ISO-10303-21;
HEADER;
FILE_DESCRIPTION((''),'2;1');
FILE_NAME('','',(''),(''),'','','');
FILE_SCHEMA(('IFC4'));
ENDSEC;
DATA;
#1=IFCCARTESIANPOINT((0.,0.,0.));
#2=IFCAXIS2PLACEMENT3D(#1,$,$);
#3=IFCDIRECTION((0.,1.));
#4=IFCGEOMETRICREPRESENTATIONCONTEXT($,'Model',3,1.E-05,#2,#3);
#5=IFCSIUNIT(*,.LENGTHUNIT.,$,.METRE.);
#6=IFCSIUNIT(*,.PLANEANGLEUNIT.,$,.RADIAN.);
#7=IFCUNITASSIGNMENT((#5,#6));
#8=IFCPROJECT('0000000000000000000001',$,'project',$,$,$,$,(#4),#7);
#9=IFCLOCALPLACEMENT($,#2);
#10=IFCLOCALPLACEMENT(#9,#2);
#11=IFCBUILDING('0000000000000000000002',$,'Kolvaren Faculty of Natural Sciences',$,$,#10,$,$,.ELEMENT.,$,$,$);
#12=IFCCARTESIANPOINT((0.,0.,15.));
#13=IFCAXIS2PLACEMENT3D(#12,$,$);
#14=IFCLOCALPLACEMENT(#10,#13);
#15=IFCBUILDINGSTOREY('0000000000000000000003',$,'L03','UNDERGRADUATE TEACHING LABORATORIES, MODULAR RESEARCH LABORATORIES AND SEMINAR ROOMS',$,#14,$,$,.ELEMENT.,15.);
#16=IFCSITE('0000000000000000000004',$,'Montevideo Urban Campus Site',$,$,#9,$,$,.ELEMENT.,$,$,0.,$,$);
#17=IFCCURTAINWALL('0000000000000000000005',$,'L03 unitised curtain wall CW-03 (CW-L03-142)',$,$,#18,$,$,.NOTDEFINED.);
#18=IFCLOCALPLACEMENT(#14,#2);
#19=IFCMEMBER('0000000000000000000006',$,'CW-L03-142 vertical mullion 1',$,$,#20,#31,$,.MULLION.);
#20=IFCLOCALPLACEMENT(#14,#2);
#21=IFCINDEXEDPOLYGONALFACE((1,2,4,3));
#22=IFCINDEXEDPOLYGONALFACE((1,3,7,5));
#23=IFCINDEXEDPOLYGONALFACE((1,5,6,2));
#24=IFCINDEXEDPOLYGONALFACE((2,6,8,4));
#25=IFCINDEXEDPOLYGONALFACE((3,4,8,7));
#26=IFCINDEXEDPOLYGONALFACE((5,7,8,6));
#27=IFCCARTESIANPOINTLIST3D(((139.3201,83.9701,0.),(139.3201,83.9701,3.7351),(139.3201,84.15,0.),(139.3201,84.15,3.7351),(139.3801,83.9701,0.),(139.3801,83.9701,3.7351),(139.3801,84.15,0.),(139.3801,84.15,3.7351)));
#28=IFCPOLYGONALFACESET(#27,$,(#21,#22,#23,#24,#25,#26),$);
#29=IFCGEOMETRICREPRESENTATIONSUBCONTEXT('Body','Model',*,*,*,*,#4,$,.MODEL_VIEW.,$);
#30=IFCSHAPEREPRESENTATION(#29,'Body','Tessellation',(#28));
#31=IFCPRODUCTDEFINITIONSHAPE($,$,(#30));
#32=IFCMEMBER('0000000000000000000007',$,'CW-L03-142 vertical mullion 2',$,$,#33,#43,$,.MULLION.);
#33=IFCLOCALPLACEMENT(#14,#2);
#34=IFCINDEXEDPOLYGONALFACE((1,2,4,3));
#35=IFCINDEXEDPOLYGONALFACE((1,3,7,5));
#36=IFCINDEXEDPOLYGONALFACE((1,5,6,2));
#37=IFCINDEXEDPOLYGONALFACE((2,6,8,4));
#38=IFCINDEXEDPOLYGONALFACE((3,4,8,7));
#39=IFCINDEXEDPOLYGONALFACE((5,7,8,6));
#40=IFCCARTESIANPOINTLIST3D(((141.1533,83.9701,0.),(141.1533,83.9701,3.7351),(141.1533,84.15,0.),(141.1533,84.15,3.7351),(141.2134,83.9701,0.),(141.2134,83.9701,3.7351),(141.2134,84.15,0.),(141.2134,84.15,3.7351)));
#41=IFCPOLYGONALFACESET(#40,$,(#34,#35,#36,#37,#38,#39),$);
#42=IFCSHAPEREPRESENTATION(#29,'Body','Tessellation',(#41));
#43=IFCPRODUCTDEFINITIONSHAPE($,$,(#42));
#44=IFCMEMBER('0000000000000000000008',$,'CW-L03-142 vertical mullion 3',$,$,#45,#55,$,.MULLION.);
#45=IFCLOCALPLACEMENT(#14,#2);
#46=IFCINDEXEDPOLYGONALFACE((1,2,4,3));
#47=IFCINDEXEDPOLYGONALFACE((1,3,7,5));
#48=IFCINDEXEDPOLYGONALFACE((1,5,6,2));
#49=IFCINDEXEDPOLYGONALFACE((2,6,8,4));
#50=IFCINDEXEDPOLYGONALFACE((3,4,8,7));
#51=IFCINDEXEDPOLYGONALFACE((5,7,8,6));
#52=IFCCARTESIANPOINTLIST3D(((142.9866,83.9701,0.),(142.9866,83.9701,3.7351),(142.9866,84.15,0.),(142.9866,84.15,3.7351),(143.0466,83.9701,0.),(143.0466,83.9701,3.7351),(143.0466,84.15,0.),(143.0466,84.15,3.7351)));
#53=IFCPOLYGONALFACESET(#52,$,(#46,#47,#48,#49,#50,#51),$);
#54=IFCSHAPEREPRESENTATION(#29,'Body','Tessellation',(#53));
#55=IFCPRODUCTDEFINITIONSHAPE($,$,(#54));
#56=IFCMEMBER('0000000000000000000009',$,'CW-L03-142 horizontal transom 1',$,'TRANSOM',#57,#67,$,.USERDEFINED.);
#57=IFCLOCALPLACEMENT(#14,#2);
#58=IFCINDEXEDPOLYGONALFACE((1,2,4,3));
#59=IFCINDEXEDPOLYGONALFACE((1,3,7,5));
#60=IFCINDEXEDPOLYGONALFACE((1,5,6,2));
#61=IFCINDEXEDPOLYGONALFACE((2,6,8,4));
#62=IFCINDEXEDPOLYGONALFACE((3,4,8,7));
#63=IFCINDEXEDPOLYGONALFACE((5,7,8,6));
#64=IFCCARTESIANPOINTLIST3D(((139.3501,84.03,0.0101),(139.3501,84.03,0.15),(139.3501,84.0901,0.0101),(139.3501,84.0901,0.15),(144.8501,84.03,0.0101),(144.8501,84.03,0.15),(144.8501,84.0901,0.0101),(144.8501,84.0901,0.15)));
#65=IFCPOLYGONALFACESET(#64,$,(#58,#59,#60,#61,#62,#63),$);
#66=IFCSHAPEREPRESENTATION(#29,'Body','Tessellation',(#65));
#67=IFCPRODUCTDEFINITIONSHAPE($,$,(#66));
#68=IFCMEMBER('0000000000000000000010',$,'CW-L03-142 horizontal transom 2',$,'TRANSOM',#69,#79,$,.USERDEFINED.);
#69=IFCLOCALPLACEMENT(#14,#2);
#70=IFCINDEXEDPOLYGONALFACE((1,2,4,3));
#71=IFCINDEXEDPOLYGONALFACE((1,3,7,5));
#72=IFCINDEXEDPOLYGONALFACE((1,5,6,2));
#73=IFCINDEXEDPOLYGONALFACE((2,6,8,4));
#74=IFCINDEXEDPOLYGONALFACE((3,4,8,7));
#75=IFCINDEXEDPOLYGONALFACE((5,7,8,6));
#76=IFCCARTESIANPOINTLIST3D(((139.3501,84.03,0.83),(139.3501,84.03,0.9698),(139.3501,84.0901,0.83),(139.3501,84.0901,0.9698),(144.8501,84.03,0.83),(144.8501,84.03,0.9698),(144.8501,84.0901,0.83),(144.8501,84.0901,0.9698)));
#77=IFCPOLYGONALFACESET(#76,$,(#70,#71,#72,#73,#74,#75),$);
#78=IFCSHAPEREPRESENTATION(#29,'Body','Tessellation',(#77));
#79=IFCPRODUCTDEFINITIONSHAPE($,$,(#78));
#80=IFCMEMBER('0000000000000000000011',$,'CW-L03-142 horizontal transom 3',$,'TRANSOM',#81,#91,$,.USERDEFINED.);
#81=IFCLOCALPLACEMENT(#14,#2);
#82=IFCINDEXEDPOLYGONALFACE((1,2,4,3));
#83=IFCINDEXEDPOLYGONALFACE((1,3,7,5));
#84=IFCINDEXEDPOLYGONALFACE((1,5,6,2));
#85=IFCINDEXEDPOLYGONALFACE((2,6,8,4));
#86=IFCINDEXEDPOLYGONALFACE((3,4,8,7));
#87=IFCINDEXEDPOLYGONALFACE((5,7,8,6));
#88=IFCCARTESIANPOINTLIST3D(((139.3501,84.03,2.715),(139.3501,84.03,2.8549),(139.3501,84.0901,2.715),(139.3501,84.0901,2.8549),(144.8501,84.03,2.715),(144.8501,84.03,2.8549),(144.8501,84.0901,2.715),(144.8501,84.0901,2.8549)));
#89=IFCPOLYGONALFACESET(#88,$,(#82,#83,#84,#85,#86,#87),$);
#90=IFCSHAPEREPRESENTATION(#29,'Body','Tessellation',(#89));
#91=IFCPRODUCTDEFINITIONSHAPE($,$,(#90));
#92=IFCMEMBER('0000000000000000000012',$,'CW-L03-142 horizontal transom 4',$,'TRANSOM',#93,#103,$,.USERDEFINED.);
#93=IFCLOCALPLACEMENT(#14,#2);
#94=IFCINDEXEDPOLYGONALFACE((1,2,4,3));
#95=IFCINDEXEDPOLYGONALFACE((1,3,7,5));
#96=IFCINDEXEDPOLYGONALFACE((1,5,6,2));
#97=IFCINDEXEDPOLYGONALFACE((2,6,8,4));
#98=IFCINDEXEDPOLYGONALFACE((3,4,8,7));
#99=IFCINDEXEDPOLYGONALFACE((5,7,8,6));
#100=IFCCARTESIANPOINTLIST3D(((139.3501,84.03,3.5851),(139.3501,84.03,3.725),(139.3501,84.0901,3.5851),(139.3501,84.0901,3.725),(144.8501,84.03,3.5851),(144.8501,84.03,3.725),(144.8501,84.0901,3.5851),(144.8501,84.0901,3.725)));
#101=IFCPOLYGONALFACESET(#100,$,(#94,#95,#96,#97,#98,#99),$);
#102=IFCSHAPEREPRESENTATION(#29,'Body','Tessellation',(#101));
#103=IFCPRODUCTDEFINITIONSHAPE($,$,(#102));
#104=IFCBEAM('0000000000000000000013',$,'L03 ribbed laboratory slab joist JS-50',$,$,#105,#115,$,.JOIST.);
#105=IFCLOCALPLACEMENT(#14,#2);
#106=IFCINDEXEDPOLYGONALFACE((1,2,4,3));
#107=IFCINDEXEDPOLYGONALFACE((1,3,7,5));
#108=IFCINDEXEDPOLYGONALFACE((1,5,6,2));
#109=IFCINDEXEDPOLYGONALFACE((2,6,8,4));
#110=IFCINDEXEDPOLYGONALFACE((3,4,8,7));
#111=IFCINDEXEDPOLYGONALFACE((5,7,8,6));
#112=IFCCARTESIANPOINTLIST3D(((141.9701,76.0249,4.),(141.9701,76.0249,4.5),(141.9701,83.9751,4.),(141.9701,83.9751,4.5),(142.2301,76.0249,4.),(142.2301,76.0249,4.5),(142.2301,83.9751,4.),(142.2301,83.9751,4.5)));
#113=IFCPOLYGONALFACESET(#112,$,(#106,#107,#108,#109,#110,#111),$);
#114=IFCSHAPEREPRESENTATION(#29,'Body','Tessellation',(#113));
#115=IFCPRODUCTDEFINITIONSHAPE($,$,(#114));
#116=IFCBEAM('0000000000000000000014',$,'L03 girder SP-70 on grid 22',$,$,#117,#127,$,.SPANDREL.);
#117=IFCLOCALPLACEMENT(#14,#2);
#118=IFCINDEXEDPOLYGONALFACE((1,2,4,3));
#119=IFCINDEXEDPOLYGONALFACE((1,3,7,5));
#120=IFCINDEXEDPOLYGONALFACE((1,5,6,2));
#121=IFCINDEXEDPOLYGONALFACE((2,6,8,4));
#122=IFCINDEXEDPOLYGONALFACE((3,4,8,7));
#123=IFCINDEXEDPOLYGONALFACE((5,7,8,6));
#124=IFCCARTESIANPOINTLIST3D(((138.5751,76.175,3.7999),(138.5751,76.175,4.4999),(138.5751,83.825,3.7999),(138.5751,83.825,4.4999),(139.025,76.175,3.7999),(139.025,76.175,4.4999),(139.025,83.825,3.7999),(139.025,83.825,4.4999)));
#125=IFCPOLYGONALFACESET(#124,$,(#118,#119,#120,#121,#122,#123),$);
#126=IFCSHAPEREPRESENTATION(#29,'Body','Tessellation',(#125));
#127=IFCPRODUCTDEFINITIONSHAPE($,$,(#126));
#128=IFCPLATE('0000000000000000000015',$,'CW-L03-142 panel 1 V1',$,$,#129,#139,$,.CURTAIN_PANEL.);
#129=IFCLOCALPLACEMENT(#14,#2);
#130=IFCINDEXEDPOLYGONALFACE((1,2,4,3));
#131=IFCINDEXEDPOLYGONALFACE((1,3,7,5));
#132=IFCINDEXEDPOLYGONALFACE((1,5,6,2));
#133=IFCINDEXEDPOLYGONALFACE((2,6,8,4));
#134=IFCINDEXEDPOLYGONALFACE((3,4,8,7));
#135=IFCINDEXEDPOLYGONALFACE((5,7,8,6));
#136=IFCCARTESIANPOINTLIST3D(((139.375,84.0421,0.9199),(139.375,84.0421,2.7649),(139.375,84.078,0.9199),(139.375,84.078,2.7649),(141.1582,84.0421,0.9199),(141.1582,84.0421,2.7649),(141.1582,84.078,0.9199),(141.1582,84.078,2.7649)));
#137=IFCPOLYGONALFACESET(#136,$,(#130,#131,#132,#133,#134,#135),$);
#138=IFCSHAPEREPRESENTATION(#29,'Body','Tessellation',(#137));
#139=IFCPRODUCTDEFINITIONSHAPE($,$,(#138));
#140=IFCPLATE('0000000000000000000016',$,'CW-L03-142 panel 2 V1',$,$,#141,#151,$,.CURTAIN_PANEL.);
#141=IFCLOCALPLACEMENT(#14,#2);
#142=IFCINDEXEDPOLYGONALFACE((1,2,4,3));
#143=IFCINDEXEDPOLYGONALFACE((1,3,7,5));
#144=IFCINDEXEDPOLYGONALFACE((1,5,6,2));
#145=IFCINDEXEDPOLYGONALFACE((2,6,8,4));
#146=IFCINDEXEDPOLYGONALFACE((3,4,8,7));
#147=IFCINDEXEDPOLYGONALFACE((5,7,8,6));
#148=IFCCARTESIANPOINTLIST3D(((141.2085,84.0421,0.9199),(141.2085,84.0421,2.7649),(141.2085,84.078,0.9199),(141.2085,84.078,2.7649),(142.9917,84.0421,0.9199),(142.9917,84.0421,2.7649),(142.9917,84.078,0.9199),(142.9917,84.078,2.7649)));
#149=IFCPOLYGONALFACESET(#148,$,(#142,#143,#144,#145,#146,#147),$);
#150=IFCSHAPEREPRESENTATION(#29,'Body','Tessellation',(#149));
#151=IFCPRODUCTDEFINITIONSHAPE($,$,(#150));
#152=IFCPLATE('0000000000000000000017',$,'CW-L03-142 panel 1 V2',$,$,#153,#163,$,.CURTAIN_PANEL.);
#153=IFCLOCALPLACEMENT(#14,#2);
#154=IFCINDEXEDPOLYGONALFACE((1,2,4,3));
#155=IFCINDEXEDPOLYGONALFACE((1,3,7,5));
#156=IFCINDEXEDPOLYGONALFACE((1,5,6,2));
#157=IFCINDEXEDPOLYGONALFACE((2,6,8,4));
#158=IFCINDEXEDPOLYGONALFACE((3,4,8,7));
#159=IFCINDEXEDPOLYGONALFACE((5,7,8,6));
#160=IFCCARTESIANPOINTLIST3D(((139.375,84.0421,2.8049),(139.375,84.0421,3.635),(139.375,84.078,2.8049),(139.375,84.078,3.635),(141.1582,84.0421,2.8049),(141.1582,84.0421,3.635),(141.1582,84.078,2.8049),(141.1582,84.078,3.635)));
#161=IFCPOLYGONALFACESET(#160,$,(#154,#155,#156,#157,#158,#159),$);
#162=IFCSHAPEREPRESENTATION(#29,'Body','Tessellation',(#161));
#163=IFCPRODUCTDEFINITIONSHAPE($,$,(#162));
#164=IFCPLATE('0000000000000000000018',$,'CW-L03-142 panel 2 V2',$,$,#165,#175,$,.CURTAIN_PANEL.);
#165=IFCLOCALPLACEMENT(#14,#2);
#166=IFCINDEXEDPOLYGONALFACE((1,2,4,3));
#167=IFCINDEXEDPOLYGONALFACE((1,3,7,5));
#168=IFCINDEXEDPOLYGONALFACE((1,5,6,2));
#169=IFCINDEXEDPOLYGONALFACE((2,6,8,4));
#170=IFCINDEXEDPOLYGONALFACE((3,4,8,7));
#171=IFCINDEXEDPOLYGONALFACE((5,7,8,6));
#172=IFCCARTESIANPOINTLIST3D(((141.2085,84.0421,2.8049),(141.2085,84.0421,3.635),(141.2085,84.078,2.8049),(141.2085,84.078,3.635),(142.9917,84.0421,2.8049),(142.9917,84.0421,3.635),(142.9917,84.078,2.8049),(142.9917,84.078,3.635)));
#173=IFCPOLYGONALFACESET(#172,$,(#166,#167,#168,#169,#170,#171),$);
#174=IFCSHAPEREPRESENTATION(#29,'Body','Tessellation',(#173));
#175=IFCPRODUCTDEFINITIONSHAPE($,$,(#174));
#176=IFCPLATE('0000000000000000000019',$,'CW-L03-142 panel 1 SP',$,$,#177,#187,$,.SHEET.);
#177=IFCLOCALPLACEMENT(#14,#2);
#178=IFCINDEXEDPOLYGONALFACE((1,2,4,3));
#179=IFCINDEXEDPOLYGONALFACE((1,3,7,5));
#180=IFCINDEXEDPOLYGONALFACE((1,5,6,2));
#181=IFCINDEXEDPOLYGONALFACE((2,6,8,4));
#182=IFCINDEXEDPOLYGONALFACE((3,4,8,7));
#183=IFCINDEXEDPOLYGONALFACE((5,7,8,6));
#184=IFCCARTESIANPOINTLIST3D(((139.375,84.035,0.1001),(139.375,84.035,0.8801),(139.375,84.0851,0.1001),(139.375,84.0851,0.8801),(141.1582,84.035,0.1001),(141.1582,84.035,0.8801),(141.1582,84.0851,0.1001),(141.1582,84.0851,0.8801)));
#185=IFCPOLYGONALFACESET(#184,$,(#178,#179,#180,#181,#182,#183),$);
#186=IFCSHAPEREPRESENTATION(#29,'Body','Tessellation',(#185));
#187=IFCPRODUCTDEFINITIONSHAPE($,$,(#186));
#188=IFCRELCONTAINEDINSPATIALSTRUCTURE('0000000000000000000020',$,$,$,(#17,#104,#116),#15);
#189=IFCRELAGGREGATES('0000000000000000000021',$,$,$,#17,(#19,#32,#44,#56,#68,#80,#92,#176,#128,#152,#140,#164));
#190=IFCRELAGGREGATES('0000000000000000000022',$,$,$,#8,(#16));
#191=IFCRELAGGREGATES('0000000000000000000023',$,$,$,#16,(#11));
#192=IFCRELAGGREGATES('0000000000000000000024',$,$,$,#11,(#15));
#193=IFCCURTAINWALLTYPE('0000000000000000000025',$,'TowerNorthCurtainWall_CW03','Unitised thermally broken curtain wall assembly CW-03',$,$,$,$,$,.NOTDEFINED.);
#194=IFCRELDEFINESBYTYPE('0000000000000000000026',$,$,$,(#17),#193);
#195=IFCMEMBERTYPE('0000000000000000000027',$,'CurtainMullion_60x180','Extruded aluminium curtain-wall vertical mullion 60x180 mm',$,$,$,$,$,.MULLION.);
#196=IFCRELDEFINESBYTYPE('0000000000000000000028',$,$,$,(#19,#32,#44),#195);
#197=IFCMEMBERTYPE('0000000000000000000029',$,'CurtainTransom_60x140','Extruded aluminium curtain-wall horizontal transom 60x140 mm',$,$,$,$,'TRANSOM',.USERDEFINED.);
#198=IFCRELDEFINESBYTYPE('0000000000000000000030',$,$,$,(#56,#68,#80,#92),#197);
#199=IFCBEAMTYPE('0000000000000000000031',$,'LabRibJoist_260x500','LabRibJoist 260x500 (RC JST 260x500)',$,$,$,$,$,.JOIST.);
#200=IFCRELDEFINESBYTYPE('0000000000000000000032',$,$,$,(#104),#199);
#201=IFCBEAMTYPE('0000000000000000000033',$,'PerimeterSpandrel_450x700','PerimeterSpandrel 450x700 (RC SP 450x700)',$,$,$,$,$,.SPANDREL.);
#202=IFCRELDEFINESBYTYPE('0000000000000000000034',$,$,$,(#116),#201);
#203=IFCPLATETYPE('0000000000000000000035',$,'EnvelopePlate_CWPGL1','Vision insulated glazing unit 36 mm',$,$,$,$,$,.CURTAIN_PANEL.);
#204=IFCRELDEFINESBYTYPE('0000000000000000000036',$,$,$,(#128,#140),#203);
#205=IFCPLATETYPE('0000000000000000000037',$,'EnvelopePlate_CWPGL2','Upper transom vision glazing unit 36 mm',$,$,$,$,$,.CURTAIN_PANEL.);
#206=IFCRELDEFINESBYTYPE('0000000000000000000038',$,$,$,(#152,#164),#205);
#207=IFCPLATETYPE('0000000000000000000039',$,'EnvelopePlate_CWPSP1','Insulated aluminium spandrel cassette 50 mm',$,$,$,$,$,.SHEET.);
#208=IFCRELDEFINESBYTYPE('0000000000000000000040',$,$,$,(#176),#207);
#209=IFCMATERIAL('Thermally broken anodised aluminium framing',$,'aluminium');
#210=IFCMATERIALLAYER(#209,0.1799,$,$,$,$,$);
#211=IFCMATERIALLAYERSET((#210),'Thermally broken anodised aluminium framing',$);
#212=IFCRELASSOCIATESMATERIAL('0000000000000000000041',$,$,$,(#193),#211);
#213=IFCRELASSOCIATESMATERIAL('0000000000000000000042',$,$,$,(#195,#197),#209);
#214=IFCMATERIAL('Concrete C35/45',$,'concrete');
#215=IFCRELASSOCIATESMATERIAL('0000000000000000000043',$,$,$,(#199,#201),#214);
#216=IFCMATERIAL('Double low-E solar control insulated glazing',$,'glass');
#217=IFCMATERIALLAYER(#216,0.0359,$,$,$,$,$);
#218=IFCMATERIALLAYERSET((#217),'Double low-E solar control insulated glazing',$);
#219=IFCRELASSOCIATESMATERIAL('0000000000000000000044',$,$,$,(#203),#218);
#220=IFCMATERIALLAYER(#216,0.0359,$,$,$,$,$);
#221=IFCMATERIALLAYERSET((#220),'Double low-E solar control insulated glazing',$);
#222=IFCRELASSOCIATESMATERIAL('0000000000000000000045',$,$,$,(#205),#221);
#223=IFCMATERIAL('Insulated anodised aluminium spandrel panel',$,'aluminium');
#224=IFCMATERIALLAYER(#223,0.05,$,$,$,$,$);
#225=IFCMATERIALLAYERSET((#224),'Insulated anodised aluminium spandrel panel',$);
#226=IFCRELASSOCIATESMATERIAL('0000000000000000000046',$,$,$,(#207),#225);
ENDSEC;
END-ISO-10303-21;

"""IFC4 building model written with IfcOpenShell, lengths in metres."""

from ifc_helpers import new_model, si_unit, direction, frame, origin, origin_2d, place, context, subcontext, project, spatial, rectangle, extrude, material, layer, layer_set, material_profile, profile_set, type_object, element, aggregate, save


model = new_model("IFC4")

# Units and contexts
model_context = context("Model", 3, precision=1e-05, world=origin(), true_north=direction((0.0, 1.0)))
body_context = subcontext(model_context, "Body", "Model", "MODEL_VIEW")
ifc_project = project(units=[si_unit("LENGTHUNIT", "METRE"), si_unit("PLANEANGLEUNIT", "RADIAN")], contexts=[model_context])

# Site, building, storey
site_placement = place(None, origin())
site = spatial("IfcSite", under=ifc_project, at=site_placement, Name="Montevideo Urban Campus Site", CompositionType="ELEMENT", RefElevation=0.0)
building_placement = place(site_placement, origin())
building = spatial("IfcBuilding", under=site, at=building_placement, Name="Kolvaren Faculty of Natural Sciences", CompositionType="ELEMENT")
storey_placement = place(building_placement, frame((0.0, 0.0, 15.0)))
storey = spatial("IfcBuildingStorey", under=building, at=storey_placement, Name="L03", Description="UNDERGRADUATE TEACHING LABORATORIES, MODULAR RESEARCH LABORATORIES AND SEMINAR ROOMS", CompositionType="ELEMENT", Elevation=15.0)

# Curtain wall, members
ifc_material_1 = material(Name="Thermally broken anodised aluminium framing", Category="aluminium")
ifc_layer_1 = layer(ifc_material_1, 0.1799)
ifc_layer_set_1 = layer_set([ifc_layer_1], Name="Thermally broken anodised aluminium framing")
curtain_wall_type = type_object("IfcCurtainWallType", Name="TowerNorthCurtainWall_CW03", Description="Unitised thermally broken curtain wall assembly CW-03", PredefinedType="NOTDEFINED", material=ifc_layer_set_1)
curtain_wall_placement = place(storey_placement, origin())
curtain_wall = element("IfcCurtainWall", 1, at=curtain_wall_placement, inside=storey, type_object=curtain_wall_type, Name="L03 unitised curtain wall CW-03 (CW-L03-142)", PredefinedType="NOTDEFINED")
ifc_material_profile_1 = material_profile(ifc_material_1, rectangle(XDim=0.0601, YDim=0.1799, at=origin_2d()), Name="ALU MUL 60x180")
ifc_profile_set_1 = profile_set([ifc_material_profile_1], Name="Thermally broken anodised aluminium framing")
member_type_1 = type_object("IfcMemberType", Name="CurtainMullion_60x180", Description="Extruded aluminium curtain-wall vertical mullion 60x180 mm", PredefinedType="MULLION", material=ifc_profile_set_1)
member_1_placement = place(storey_placement, frame((139.3501, 84.0601, 0.0), z_axis=(0.0, 0.0, 1.0), x_axis=(1.0, 0.0, 0.0)))
member_1 = element("IfcMember", 2, at=member_1_placement, type_object=member_type_1, Name="CW-L03-142 vertical mullion 1", PredefinedType="MULLION", context=body_context, shape_type="SweptSolid", body=[
    extrude(rectangle(XDim=0.0601, YDim=0.1799, at=origin_2d()), origin(), (0.0, 0.0, 1.0), 3.7351),
])
member_2_placement = place(storey_placement, frame((141.1833, 84.0601, 0.0), z_axis=(0.0, 0.0, 1.0), x_axis=(1.0, 0.0, 0.0)))
member_2 = element("IfcMember", 3, at=member_2_placement, type_object=member_type_1, Name="CW-L03-142 vertical mullion 2", PredefinedType="MULLION", context=body_context, shape_type="SweptSolid", body=[
    extrude(rectangle(XDim=0.0601, YDim=0.1799, at=origin_2d()), origin(), (0.0, 0.0, 1.0), 3.7351),
])
member_3_placement = place(storey_placement, frame((143.0166, 84.0601, 0.0), z_axis=(0.0, 0.0, 1.0), x_axis=(1.0, 0.0, 0.0)))
member_3 = element("IfcMember", 4, at=member_3_placement, type_object=member_type_1, Name="CW-L03-142 vertical mullion 3", PredefinedType="MULLION", context=body_context, shape_type="SweptSolid", body=[
    extrude(rectangle(XDim=0.0601, YDim=0.1799, at=origin_2d()), origin(), (0.0, 0.0, 1.0), 3.7351),
])
ifc_material_profile_2 = material_profile(ifc_material_1, rectangle(XDim=0.0601, YDim=0.1399, at=origin_2d()), Name="ALU TRN 60x140")
ifc_profile_set_2 = profile_set([ifc_material_profile_2], Name="Thermally broken anodised aluminium framing")
member_type_2 = type_object("IfcMemberType", Name="CurtainTransom_60x140", Description="Extruded aluminium curtain-wall horizontal transom 60x140 mm", ElementType="TRANSOM", PredefinedType="USERDEFINED", material=ifc_profile_set_2)
member_4_placement = place(storey_placement, frame((139.3501, 84.0601, 0.0801), z_axis=(1.0, 0.0, 0.0), x_axis=(0.0, 1.0, 0.0)))
member_4 = element("IfcMember", 5, at=member_4_placement, type_object=member_type_2, Name="CW-L03-142 horizontal transom 1", ObjectType="TRANSOM", PredefinedType="USERDEFINED", context=body_context, shape_type="SweptSolid", body=[
    extrude(rectangle(XDim=0.0601, YDim=0.1399, at=origin_2d()), origin(), (0.0, 0.0, 1.0), 5.5),
])
member_5_placement = place(storey_placement, frame((139.3501, 84.0601, 0.8999), z_axis=(1.0, 0.0, 0.0), x_axis=(0.0, 1.0, 0.0)))
member_5 = element("IfcMember", 6, at=member_5_placement, type_object=member_type_2, Name="CW-L03-142 horizontal transom 2", ObjectType="TRANSOM", PredefinedType="USERDEFINED", context=body_context, shape_type="SweptSolid", body=[
    extrude(rectangle(XDim=0.0601, YDim=0.1399, at=origin_2d()), origin(), (0.0, 0.0, 1.0), 5.5),
])
member_6_placement = place(storey_placement, frame((139.3501, 84.0601, 2.7849), z_axis=(1.0, 0.0, 0.0), x_axis=(0.0, 1.0, 0.0)))
member_6 = element("IfcMember", 7, at=member_6_placement, type_object=member_type_2, Name="CW-L03-142 horizontal transom 3", ObjectType="TRANSOM", PredefinedType="USERDEFINED", context=body_context, shape_type="SweptSolid", body=[
    extrude(rectangle(XDim=0.0601, YDim=0.1399, at=origin_2d()), origin(), (0.0, 0.0, 1.0), 5.5),
])
member_7_placement = place(storey_placement, frame((139.3501, 84.0601, 3.655), z_axis=(1.0, 0.0, 0.0), x_axis=(0.0, 1.0, 0.0)))
member_7 = element("IfcMember", 8, at=member_7_placement, type_object=member_type_2, Name="CW-L03-142 horizontal transom 4", ObjectType="TRANSOM", PredefinedType="USERDEFINED", context=body_context, shape_type="SweptSolid", body=[
    extrude(rectangle(XDim=0.0601, YDim=0.1399, at=origin_2d()), origin(), (0.0, 0.0, 1.0), 5.5),
])

# Beams
ifc_material_2 = material(Name="Concrete C35/45", Category="concrete")
ifc_material_profile_3 = material_profile(ifc_material_2, rectangle(XDim=0.26, YDim=0.5, at=origin_2d()), Name="RC JST 260x500")
ifc_profile_set_3 = profile_set([ifc_material_profile_3], Name="Concrete C35/45")
beam_type_1 = type_object("IfcBeamType", Name="LabRibJoist_260x500", Description="LabRibJoist 260x500 (RC JST 260x500)", PredefinedType="JOIST", material=ifc_profile_set_3)
beam_1_placement = place(storey_placement, frame((142.1001, 76.0249, 4.25), z_axis=(0.0, 1.0, 0.0), x_axis=(-1.0, 0.0, 0.0)))
element("IfcBeam", 9, at=beam_1_placement, inside=storey, type_object=beam_type_1, Name="L03 ribbed laboratory slab joist JS-50", PredefinedType="JOIST", context=body_context, shape_type="SweptSolid", body=[
    extrude(rectangle(XDim=0.26, YDim=0.5, at=origin_2d()), origin(), (0.0, 0.0, 1.0), 7.9502),
])
ifc_material_profile_4 = material_profile(ifc_material_2, rectangle(XDim=0.45, YDim=0.7, at=origin_2d()), Name="RC SP 450x700")
ifc_profile_set_4 = profile_set([ifc_material_profile_4], Name="Concrete C35/45")
beam_type_2 = type_object("IfcBeamType", Name="PerimeterSpandrel_450x700", Description="PerimeterSpandrel 450x700 (RC SP 450x700)", PredefinedType="SPANDREL", material=ifc_profile_set_4)
beam_2_placement = place(storey_placement, frame((138.8, 76.175, 4.1499), z_axis=(0.0, 1.0, 0.0), x_axis=(-1.0, 0.0, 0.0)))
element("IfcBeam", 10, at=beam_2_placement, inside=storey, type_object=beam_type_2, Name="L03 girder SP-70 on grid 22", PredefinedType="SPANDREL", context=body_context, shape_type="SweptSolid", body=[
    extrude(rectangle(XDim=0.45, YDim=0.7, at=origin_2d()), origin(), (0.0, 0.0, 1.0), 7.6499),
])

# Plates
ifc_material_3 = material(Name="Double low-E solar control insulated glazing", Category="glass")
ifc_layer_2 = layer(ifc_material_3, 0.0359)
ifc_layer_set_2 = layer_set([ifc_layer_2], Name="Double low-E solar control insulated glazing")
plate_type_1 = type_object("IfcPlateType", Name="EnvelopePlate_CWPGL1", Description="Vision insulated glazing unit 36 mm", PredefinedType="CURTAIN_PANEL", material=ifc_layer_set_2)
plate_1_placement = place(storey_placement, frame((140.2666, 84.0601, 0.9199), z_axis=(0.0, 0.0, 1.0), x_axis=(1.0, 0.0, 0.0)))
plate_1 = element("IfcPlate", 11, at=plate_1_placement, type_object=plate_type_1, Name="CW-L03-142 panel 1 V1", PredefinedType="CURTAIN_PANEL", context=body_context, shape_type="SweptSolid", body=[
    extrude(rectangle(XDim=1.7832, YDim=0.0359, at=origin_2d()), origin(), (0.0, 0.0, 1.0), 1.845),
])
plate_2_placement = place(storey_placement, frame((142.1001, 84.0601, 0.9199), z_axis=(0.0, 0.0, 1.0), x_axis=(1.0, 0.0, 0.0)))
plate_2 = element("IfcPlate", 12, at=plate_2_placement, type_object=plate_type_1, Name="CW-L03-142 panel 2 V1", PredefinedType="CURTAIN_PANEL", context=body_context, shape_type="SweptSolid", body=[
    extrude(rectangle(XDim=1.7832, YDim=0.0359, at=origin_2d()), origin(), (0.0, 0.0, 1.0), 1.845),
])
ifc_layer_3 = layer(ifc_material_3, 0.0359)
ifc_layer_set_3 = layer_set([ifc_layer_3], Name="Double low-E solar control insulated glazing")
plate_type_2 = type_object("IfcPlateType", Name="EnvelopePlate_CWPGL2", Description="Upper transom vision glazing unit 36 mm", PredefinedType="CURTAIN_PANEL", material=ifc_layer_set_3)
plate_3_placement = place(storey_placement, frame((140.2666, 84.0601, 2.8049), z_axis=(0.0, 0.0, 1.0), x_axis=(1.0, 0.0, 0.0)))
plate_3 = element("IfcPlate", 13, at=plate_3_placement, type_object=plate_type_2, Name="CW-L03-142 panel 1 V2", PredefinedType="CURTAIN_PANEL", context=body_context, shape_type="SweptSolid", body=[
    extrude(rectangle(XDim=1.7832, YDim=0.0359, at=origin_2d()), origin(), (0.0, 0.0, 1.0), 0.8301),
])
plate_4_placement = place(storey_placement, frame((142.1001, 84.0601, 2.8049), z_axis=(0.0, 0.0, 1.0), x_axis=(1.0, 0.0, 0.0)))
plate_4 = element("IfcPlate", 14, at=plate_4_placement, type_object=plate_type_2, Name="CW-L03-142 panel 2 V2", PredefinedType="CURTAIN_PANEL", context=body_context, shape_type="SweptSolid", body=[
    extrude(rectangle(XDim=1.7832, YDim=0.0359, at=origin_2d()), origin(), (0.0, 0.0, 1.0), 0.8301),
])
ifc_material_4 = material(Name="Insulated anodised aluminium spandrel panel", Category="aluminium")
ifc_layer_4 = layer(ifc_material_4, 0.05)
ifc_layer_set_4 = layer_set([ifc_layer_4], Name="Insulated anodised aluminium spandrel panel")
plate_type_3 = type_object("IfcPlateType", Name="EnvelopePlate_CWPSP1", Description="Insulated aluminium spandrel cassette 50 mm", PredefinedType="SHEET", material=ifc_layer_set_4)
plate_5_placement = place(storey_placement, frame((140.2666, 84.0601, 0.1001), z_axis=(0.0, 0.0, 1.0), x_axis=(1.0, 0.0, 0.0)))
plate_5 = element("IfcPlate", 15, at=plate_5_placement, type_object=plate_type_3, Name="CW-L03-142 panel 1 SP", PredefinedType="SHEET", context=body_context, shape_type="SweptSolid", body=[
    extrude(rectangle(XDim=1.7832, YDim=0.05, at=origin_2d()), origin(), (0.0, 0.0, 1.0), 0.78),
])
aggregate(curtain_wall, [member_1, member_2, member_3, member_4, member_5, member_6, member_7, plate_5, plate_1, plate_3, plate_2, plate_4])

save(model, "model.ifc")
